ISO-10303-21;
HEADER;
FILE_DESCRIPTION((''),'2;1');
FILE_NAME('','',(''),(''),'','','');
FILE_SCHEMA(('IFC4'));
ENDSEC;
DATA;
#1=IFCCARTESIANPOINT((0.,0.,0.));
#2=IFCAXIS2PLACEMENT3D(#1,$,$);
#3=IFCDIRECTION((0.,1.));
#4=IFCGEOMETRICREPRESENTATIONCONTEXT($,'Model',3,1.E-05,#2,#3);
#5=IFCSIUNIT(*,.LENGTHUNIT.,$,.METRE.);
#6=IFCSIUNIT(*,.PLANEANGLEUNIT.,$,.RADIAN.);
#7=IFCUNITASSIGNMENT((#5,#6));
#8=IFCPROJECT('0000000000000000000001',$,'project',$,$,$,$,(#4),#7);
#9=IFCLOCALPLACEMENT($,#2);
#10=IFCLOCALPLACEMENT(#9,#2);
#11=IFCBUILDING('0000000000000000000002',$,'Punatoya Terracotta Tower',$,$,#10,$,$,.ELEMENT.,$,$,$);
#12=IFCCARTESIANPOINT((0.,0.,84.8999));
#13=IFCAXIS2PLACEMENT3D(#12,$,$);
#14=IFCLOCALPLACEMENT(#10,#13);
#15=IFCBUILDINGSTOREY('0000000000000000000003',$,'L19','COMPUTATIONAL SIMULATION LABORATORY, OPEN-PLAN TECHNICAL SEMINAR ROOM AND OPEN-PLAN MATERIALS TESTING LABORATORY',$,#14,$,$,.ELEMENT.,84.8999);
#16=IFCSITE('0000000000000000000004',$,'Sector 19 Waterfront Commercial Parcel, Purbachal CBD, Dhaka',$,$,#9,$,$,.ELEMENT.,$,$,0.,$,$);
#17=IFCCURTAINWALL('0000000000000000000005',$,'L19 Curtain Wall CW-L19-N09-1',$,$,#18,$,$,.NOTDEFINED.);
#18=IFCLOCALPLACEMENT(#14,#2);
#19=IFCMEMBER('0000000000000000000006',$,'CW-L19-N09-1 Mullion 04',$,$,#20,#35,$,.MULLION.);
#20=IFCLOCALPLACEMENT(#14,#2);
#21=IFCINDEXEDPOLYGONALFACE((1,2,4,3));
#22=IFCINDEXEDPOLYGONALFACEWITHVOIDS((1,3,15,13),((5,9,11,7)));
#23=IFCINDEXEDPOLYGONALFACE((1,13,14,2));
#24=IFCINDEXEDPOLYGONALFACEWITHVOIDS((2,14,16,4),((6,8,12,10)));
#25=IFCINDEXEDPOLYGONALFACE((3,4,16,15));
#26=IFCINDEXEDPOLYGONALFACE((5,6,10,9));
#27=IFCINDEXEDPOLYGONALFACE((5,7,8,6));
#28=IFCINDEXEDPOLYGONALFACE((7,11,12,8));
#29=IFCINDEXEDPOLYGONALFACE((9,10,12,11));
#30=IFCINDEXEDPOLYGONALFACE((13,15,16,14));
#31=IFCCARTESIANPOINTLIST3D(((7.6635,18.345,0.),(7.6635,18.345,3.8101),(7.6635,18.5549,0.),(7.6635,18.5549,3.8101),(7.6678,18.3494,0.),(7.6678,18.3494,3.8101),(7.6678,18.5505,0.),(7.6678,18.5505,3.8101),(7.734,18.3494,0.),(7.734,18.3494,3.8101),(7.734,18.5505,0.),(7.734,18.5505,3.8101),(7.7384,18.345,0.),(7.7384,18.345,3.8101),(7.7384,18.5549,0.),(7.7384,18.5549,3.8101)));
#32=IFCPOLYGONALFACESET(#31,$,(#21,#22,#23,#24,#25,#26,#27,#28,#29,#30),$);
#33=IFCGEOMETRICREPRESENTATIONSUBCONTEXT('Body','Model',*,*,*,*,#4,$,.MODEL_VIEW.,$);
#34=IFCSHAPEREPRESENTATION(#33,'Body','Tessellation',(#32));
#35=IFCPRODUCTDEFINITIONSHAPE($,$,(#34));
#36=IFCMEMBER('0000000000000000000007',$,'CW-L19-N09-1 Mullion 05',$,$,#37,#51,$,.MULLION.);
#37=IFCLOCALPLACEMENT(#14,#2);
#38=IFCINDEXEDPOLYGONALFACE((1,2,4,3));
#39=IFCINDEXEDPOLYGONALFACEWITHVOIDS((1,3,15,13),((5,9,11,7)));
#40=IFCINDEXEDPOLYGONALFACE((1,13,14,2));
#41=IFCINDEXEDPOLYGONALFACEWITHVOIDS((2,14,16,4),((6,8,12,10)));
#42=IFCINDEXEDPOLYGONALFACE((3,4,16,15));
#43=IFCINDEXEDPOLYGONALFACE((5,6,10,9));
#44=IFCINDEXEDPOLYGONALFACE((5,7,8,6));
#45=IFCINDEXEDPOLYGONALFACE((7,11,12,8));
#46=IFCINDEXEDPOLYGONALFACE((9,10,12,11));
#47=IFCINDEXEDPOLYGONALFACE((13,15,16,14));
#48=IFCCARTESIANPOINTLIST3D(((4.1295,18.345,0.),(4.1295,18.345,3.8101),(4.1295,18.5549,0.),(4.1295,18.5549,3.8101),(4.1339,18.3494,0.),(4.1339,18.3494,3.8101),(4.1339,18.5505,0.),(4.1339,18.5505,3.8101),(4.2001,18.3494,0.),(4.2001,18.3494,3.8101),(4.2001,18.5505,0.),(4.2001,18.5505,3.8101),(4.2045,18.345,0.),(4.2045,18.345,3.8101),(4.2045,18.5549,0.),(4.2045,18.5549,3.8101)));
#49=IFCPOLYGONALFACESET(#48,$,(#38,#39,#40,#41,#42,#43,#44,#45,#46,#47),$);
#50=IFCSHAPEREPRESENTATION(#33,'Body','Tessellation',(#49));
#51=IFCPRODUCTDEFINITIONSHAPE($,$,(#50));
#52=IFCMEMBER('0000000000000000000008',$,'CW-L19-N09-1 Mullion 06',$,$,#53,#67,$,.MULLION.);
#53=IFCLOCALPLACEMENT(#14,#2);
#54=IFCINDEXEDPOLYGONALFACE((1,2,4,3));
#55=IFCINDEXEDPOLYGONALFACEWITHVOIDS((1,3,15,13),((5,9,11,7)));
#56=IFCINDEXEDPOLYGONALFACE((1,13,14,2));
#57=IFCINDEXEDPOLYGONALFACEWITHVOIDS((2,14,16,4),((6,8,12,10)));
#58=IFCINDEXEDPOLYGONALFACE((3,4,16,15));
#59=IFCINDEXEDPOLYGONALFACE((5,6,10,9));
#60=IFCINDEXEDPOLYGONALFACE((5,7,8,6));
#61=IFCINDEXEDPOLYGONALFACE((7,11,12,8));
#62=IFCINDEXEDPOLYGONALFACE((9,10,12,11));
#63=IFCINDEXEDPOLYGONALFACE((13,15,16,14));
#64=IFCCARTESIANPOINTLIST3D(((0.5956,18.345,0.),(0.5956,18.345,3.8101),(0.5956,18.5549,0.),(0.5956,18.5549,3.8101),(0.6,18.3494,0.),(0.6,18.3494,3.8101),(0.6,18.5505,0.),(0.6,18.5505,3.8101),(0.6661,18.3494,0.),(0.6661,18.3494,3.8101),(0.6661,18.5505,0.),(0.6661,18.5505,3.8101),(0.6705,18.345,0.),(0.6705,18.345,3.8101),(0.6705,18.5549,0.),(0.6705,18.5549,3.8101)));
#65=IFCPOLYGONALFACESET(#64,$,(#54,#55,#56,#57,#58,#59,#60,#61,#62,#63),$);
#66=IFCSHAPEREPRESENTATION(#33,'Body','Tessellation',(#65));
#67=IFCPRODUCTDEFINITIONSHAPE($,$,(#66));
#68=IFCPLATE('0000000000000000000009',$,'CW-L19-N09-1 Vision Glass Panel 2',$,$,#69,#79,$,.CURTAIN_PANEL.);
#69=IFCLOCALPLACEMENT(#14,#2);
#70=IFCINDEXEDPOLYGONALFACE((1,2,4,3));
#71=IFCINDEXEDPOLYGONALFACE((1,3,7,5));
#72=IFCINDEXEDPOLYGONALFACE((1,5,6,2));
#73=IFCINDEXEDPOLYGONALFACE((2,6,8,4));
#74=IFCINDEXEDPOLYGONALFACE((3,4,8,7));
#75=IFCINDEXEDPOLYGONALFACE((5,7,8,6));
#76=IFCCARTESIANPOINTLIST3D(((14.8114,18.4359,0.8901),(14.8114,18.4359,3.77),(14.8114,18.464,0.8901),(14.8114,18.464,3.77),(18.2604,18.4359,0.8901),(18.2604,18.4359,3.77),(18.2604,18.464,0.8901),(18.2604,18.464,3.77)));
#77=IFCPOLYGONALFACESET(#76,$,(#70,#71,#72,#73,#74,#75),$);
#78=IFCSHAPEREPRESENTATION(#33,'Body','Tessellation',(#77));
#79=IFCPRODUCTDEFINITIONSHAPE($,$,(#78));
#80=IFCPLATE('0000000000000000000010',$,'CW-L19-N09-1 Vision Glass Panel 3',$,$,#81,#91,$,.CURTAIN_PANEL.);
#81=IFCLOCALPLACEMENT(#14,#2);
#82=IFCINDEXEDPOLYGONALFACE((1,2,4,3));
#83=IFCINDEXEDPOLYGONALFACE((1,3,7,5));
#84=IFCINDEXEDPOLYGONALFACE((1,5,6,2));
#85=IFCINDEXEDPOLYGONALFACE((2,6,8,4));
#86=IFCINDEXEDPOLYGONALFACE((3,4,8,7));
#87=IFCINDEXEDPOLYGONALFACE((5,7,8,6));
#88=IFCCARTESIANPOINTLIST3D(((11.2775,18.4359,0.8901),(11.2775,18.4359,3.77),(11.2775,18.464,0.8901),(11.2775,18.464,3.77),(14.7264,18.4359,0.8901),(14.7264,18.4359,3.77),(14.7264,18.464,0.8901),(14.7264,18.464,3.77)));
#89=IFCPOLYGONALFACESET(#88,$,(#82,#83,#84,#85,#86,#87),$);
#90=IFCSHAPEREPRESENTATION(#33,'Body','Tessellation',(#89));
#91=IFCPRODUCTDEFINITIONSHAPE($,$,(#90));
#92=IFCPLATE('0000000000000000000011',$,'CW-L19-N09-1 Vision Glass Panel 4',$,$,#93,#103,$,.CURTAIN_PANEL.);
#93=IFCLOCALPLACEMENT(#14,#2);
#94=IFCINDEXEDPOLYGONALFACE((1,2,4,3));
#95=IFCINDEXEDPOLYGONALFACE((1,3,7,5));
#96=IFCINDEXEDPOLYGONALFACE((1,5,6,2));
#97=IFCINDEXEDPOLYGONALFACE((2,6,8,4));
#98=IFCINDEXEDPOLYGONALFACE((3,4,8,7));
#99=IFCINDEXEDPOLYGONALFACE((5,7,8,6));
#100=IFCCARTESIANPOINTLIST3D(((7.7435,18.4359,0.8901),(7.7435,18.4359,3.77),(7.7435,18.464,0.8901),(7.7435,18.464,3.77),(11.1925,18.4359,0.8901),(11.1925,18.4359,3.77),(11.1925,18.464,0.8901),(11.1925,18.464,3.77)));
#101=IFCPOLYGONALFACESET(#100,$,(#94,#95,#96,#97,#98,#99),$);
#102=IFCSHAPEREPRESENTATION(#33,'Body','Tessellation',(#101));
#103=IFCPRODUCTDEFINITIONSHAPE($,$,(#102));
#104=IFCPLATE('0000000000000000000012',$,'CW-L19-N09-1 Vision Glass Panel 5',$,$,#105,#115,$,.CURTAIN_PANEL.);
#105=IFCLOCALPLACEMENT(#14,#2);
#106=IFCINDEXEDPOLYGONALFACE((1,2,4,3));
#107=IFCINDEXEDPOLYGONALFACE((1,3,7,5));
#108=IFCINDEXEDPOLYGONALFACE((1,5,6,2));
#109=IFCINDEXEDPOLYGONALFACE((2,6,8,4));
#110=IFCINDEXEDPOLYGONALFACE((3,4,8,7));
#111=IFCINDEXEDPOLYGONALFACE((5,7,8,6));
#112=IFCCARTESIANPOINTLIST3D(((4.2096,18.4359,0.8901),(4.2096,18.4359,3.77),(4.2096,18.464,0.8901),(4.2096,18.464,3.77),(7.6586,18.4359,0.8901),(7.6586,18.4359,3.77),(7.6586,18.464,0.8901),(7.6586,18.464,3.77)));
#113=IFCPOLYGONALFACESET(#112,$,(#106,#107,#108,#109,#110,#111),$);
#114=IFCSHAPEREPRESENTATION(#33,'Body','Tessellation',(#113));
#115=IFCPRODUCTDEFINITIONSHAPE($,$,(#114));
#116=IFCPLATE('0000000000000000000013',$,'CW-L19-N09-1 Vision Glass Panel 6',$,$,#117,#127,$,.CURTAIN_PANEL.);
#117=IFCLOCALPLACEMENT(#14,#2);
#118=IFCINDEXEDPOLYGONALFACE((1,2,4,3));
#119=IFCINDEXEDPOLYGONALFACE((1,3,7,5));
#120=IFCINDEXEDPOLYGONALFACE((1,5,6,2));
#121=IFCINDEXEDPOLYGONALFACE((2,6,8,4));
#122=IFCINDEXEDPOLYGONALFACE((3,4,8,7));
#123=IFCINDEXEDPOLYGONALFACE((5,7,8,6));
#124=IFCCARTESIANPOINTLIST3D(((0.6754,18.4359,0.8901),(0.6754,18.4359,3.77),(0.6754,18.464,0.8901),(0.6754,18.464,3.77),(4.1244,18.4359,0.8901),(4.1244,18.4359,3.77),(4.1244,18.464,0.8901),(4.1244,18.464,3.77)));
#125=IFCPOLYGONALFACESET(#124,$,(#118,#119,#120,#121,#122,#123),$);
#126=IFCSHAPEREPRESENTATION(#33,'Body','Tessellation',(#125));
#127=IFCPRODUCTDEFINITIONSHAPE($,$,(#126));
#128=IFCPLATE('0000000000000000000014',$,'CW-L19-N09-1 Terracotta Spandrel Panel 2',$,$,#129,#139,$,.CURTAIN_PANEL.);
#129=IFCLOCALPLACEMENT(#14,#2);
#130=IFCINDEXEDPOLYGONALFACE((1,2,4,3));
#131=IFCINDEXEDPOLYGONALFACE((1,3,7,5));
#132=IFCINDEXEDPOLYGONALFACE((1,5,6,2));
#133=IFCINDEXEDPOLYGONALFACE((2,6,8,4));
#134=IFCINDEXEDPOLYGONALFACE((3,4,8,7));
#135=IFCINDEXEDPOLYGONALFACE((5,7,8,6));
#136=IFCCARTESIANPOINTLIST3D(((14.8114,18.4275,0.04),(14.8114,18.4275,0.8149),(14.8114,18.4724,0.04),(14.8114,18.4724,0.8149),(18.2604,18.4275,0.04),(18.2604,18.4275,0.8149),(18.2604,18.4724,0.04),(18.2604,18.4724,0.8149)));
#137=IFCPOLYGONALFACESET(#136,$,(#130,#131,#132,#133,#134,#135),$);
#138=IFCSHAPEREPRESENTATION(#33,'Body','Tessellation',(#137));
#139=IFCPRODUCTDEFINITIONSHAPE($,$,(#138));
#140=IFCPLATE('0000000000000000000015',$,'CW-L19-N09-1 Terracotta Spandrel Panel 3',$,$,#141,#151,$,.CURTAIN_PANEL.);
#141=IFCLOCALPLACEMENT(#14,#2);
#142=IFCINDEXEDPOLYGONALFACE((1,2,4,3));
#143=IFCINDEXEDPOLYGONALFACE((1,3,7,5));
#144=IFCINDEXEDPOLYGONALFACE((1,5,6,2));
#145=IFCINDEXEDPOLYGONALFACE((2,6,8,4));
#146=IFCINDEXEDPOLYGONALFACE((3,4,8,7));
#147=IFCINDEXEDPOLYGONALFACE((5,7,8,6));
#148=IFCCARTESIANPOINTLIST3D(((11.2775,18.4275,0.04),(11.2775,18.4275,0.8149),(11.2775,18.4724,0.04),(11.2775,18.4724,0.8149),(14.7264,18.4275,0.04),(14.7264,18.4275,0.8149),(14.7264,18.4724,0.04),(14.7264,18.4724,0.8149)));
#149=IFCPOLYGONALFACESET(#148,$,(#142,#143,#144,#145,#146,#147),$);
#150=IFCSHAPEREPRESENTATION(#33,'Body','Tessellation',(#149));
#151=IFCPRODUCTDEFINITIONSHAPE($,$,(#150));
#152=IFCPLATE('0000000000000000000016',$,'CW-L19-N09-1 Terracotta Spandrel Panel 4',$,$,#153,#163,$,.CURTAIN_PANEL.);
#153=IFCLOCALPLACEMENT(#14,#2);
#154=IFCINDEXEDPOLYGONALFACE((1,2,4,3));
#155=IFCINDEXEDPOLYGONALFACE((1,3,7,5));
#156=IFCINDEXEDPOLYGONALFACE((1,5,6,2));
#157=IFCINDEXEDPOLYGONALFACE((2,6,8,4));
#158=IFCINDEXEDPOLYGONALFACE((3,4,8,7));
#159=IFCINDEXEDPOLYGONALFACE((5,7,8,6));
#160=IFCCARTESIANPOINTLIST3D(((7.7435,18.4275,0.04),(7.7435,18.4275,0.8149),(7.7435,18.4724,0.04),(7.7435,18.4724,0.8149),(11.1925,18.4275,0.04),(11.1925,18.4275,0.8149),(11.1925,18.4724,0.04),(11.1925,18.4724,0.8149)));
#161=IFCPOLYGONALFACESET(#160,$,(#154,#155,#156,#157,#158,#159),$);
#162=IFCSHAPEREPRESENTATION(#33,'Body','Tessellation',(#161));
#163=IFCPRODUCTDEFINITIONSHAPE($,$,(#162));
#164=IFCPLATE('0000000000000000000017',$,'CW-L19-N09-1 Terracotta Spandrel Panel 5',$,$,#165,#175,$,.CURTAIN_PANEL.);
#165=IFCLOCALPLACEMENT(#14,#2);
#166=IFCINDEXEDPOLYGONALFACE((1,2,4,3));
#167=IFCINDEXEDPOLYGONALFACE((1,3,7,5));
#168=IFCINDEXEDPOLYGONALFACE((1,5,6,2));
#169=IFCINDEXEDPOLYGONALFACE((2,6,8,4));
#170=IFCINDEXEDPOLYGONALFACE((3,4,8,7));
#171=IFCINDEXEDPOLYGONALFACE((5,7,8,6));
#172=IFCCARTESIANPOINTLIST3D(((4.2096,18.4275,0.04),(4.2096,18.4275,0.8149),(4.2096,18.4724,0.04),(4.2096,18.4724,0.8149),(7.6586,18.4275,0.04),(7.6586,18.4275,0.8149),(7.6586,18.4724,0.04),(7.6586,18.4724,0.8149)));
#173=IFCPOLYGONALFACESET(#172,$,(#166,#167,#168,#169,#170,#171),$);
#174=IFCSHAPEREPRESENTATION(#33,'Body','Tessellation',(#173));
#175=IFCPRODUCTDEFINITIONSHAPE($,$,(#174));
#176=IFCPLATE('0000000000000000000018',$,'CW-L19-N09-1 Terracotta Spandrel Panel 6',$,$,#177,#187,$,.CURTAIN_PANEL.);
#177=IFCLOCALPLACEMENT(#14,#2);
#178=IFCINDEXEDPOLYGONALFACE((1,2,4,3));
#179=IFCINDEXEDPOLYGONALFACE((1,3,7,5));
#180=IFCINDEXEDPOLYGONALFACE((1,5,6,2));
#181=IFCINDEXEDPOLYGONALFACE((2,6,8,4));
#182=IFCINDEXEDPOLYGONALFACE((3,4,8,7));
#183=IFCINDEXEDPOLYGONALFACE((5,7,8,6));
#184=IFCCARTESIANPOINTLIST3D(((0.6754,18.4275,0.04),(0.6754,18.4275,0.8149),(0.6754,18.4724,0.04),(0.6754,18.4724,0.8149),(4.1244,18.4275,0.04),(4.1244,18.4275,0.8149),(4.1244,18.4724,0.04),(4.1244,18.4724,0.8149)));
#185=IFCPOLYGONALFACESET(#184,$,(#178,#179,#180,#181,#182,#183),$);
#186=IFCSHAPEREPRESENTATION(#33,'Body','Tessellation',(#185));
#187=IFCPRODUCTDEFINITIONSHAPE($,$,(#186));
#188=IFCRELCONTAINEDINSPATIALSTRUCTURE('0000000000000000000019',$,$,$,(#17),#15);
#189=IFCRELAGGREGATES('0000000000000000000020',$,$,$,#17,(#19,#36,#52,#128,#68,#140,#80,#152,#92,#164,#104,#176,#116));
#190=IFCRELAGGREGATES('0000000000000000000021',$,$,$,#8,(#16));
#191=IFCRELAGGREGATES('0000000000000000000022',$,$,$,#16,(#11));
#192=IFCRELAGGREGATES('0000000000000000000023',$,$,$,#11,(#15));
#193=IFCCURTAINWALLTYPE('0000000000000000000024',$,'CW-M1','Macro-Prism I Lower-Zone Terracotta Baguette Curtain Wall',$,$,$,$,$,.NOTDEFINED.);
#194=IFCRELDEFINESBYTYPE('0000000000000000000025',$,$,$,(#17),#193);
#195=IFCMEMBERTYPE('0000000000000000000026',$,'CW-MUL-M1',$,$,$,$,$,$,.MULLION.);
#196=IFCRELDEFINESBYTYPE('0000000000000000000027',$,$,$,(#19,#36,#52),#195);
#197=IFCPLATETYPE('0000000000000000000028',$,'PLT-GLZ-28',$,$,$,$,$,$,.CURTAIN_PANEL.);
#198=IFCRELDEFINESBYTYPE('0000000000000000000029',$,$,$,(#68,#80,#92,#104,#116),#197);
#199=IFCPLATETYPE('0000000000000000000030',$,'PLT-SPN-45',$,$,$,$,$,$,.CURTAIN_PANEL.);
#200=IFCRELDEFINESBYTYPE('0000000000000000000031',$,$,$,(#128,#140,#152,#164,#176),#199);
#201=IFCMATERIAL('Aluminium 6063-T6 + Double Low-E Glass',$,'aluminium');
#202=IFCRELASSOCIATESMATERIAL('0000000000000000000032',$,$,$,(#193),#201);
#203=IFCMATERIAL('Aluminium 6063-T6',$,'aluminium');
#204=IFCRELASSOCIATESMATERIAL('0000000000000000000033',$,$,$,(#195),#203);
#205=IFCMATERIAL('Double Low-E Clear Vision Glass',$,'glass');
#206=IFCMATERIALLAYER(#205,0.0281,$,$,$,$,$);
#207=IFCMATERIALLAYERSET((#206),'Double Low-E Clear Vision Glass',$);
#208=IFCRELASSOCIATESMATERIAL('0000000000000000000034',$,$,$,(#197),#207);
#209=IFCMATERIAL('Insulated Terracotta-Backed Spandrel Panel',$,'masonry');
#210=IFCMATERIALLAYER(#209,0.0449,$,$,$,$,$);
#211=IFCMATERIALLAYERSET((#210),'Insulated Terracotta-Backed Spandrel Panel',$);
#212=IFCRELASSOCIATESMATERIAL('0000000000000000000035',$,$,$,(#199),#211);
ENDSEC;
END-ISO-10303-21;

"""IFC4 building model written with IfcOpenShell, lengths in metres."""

from ifc_helpers import new_model, si_unit, direction, frame, origin, origin_2d, place, context, subcontext, project, spatial, rectangle, hollow_rectangle, extrude, material, layer, layer_set, material_profile, profile_set, type_object, element, aggregate, save


model = new_model("IFC4")

# Units and contexts
model_context = context("Model", 3, precision=1e-05, world=origin(), true_north=direction((0.0, 1.0)))
body_context = subcontext(model_context, "Body", "Model", "MODEL_VIEW")
ifc_project = project(units=[si_unit("LENGTHUNIT", "METRE"), si_unit("PLANEANGLEUNIT", "RADIAN")], contexts=[model_context])

# Site, building, storey
site_placement = place(None, origin())
site = spatial("IfcSite", under=ifc_project, at=site_placement, Name="Sector 19 Waterfront Commercial Parcel, Purbachal CBD, Dhaka", CompositionType="ELEMENT", RefElevation=0.0)
building_placement = place(site_placement, origin())
building = spatial("IfcBuilding", under=site, at=building_placement, Name="Punatoya Terracotta Tower", CompositionType="ELEMENT")
storey_placement = place(building_placement, frame((0.0, 0.0, 84.8999)))
storey = spatial("IfcBuildingStorey", under=building, at=storey_placement, Name="L19", Description="COMPUTATIONAL SIMULATION LABORATORY, OPEN-PLAN TECHNICAL SEMINAR ROOM AND OPEN-PLAN MATERIALS TESTING LABORATORY", CompositionType="ELEMENT", Elevation=84.8999)

# Curtain wall, members, plates
ifc_material_1 = material(Name="Aluminium 6063-T6 + Double Low-E Glass", Category="aluminium")
curtain_wall_type = type_object("IfcCurtainWallType", Name="CW-M1", Description="Macro-Prism I Lower-Zone Terracotta Baguette Curtain Wall", PredefinedType="NOTDEFINED", material=ifc_material_1)
curtain_wall_placement = place(storey_placement, origin())
curtain_wall = element("IfcCurtainWall", 1, at=curtain_wall_placement, inside=storey, type_object=curtain_wall_type, Name="L19 Curtain Wall CW-L19-N09-1", PredefinedType="NOTDEFINED")
ifc_material_2 = material(Name="Aluminium 6063-T6", Category="aluminium")
ifc_material_profile_1 = material_profile(ifc_material_2, hollow_rectangle(XDim=0.075, YDim=0.21, WallThickness=0.0044, at=origin_2d()))
ifc_profile_set_1 = profile_set([ifc_material_profile_1], Name="Aluminium 6063-T6")
member_type = type_object("IfcMemberType", Name="CW-MUL-M1", PredefinedType="MULLION", material=ifc_profile_set_1)
member_1_placement = place(storey_placement, frame((7.7009, 18.45, 0.0), z_axis=(0.0, 0.0, 1.0), x_axis=(1.0, 0.0, 0.0)))
member_1 = element("IfcMember", 2, at=member_1_placement, type_object=member_type, Name="CW-L19-N09-1 Mullion 04", PredefinedType="MULLION", context=body_context, shape_type="SweptSolid", body=[
    extrude(hollow_rectangle(XDim=0.075, YDim=0.21, WallThickness=0.0044, at=origin_2d()), origin(), (0.0, 0.0, 1.0), 3.8101),
])
member_2_placement = place(storey_placement, frame((4.167, 18.45, 0.0), z_axis=(0.0, 0.0, 1.0), x_axis=(1.0, 0.0, 0.0)))
member_2 = element("IfcMember", 3, at=member_2_placement, type_object=member_type, Name="CW-L19-N09-1 Mullion 05", PredefinedType="MULLION", context=body_context, shape_type="SweptSolid", body=[
    extrude(hollow_rectangle(XDim=0.075, YDim=0.21, WallThickness=0.0044, at=origin_2d()), origin(), (0.0, 0.0, 1.0), 3.8101),
])
member_3_placement = place(storey_placement, frame((0.6331, 18.45, 0.0), z_axis=(0.0, 0.0, 1.0), x_axis=(1.0, 0.0, 0.0)))
member_3 = element("IfcMember", 4, at=member_3_placement, type_object=member_type, Name="CW-L19-N09-1 Mullion 06", PredefinedType="MULLION", context=body_context, shape_type="SweptSolid", body=[
    extrude(hollow_rectangle(XDim=0.075, YDim=0.21, WallThickness=0.0044, at=origin_2d()), origin(), (0.0, 0.0, 1.0), 3.8101),
])
ifc_material_3 = material(Name="Double Low-E Clear Vision Glass", Category="glass")
ifc_layer_1 = layer(ifc_material_3, 0.0281)
ifc_layer_set_1 = layer_set([ifc_layer_1], Name="Double Low-E Clear Vision Glass")
plate_type_1 = type_object("IfcPlateType", Name="PLT-GLZ-28", PredefinedType="CURTAIN_PANEL", material=ifc_layer_set_1)
plate_1_placement = place(storey_placement, frame((16.5359, 18.45, 0.8901), z_axis=(0.0, 0.0, 1.0), x_axis=(-1.0, 0.0, 0.0)))
plate_1 = element("IfcPlate", 5, at=plate_1_placement, type_object=plate_type_1, Name="CW-L19-N09-1 Vision Glass Panel 2", PredefinedType="CURTAIN_PANEL", context=body_context, shape_type="SweptSolid", body=[
    extrude(rectangle(XDim=3.449, YDim=0.0281, at=origin_2d()), origin(), (0.0, 0.0, 1.0), 2.8799),
])
plate_2_placement = place(storey_placement, frame((13.002, 18.45, 0.8901), z_axis=(0.0, 0.0, 1.0), x_axis=(-1.0, 0.0, 0.0)))
plate_2 = element("IfcPlate", 6, at=plate_2_placement, type_object=plate_type_1, Name="CW-L19-N09-1 Vision Glass Panel 3", PredefinedType="CURTAIN_PANEL", context=body_context, shape_type="SweptSolid", body=[
    extrude(rectangle(XDim=3.449, YDim=0.0281, at=origin_2d()), origin(), (0.0, 0.0, 1.0), 2.8799),
])
plate_3_placement = place(storey_placement, frame((9.468, 18.45, 0.8901), z_axis=(0.0, 0.0, 1.0), x_axis=(-1.0, 0.0, 0.0)))
plate_3 = element("IfcPlate", 7, at=plate_3_placement, type_object=plate_type_1, Name="CW-L19-N09-1 Vision Glass Panel 4", PredefinedType="CURTAIN_PANEL", context=body_context, shape_type="SweptSolid", body=[
    extrude(rectangle(XDim=3.449, YDim=0.0281, at=origin_2d()), origin(), (0.0, 0.0, 1.0), 2.8799),
])
plate_4_placement = place(storey_placement, frame((5.9341, 18.45, 0.8901), z_axis=(0.0, 0.0, 1.0), x_axis=(-1.0, 0.0, 0.0)))
plate_4 = element("IfcPlate", 8, at=plate_4_placement, type_object=plate_type_1, Name="CW-L19-N09-1 Vision Glass Panel 5", PredefinedType="CURTAIN_PANEL", context=body_context, shape_type="SweptSolid", body=[
    extrude(rectangle(XDim=3.449, YDim=0.0281, at=origin_2d()), origin(), (0.0, 0.0, 1.0), 2.8799),
])
plate_5_placement = place(storey_placement, frame((2.3999, 18.45, 0.8901), z_axis=(0.0, 0.0, 1.0), x_axis=(-1.0, 0.0, 0.0)))
plate_5 = element("IfcPlate", 9, at=plate_5_placement, type_object=plate_type_1, Name="CW-L19-N09-1 Vision Glass Panel 6", PredefinedType="CURTAIN_PANEL", context=body_context, shape_type="SweptSolid", body=[
    extrude(rectangle(XDim=3.449, YDim=0.0281, at=origin_2d()), origin(), (0.0, 0.0, 1.0), 2.8799),
])
ifc_material_4 = material(Name="Insulated Terracotta-Backed Spandrel Panel", Category="masonry")
ifc_layer_2 = layer(ifc_material_4, 0.0449)
ifc_layer_set_2 = layer_set([ifc_layer_2], Name="Insulated Terracotta-Backed Spandrel Panel")
plate_type_2 = type_object("IfcPlateType", Name="PLT-SPN-45", PredefinedType="CURTAIN_PANEL", material=ifc_layer_set_2)
plate_6_placement = place(storey_placement, frame((16.5359, 18.45, 0.04), z_axis=(0.0, 0.0, 1.0), x_axis=(-1.0, 0.0, 0.0)))
plate_6 = element("IfcPlate", 10, at=plate_6_placement, type_object=plate_type_2, Name="CW-L19-N09-1 Terracotta Spandrel Panel 2", PredefinedType="CURTAIN_PANEL", context=body_context, shape_type="SweptSolid", body=[
    extrude(rectangle(XDim=3.449, YDim=0.0449, at=origin_2d()), origin(), (0.0, 0.0, 1.0), 0.7749),
])
plate_7_placement = place(storey_placement, frame((13.002, 18.45, 0.04), z_axis=(0.0, 0.0, 1.0), x_axis=(-1.0, 0.0, 0.0)))
plate_7 = element("IfcPlate", 11, at=plate_7_placement, type_object=plate_type_2, Name="CW-L19-N09-1 Terracotta Spandrel Panel 3", PredefinedType="CURTAIN_PANEL", context=body_context, shape_type="SweptSolid", body=[
    extrude(rectangle(XDim=3.449, YDim=0.0449, at=origin_2d()), origin(), (0.0, 0.0, 1.0), 0.7749),
])
plate_8_placement = place(storey_placement, frame((9.468, 18.45, 0.04), z_axis=(0.0, 0.0, 1.0), x_axis=(-1.0, 0.0, 0.0)))
plate_8 = element("IfcPlate", 12, at=plate_8_placement, type_object=plate_type_2, Name="CW-L19-N09-1 Terracotta Spandrel Panel 4", PredefinedType="CURTAIN_PANEL", context=body_context, shape_type="SweptSolid", body=[
    extrude(rectangle(XDim=3.449, YDim=0.0449, at=origin_2d()), origin(), (0.0, 0.0, 1.0), 0.7749),
])
plate_9_placement = place(storey_placement, frame((5.9341, 18.45, 0.04), z_axis=(0.0, 0.0, 1.0), x_axis=(-1.0, 0.0, 0.0)))
plate_9 = element("IfcPlate", 13, at=plate_9_placement, type_object=plate_type_2, Name="CW-L19-N09-1 Terracotta Spandrel Panel 5", PredefinedType="CURTAIN_PANEL", context=body_context, shape_type="SweptSolid", body=[
    extrude(rectangle(XDim=3.449, YDim=0.0449, at=origin_2d()), origin(), (0.0, 0.0, 1.0), 0.7749),
])
plate_10_placement = place(storey_placement, frame((2.3999, 18.45, 0.04), z_axis=(0.0, 0.0, 1.0), x_axis=(-1.0, 0.0, 0.0)))
plate_10 = element("IfcPlate", 14, at=plate_10_placement, type_object=plate_type_2, Name="CW-L19-N09-1 Terracotta Spandrel Panel 6", PredefinedType="CURTAIN_PANEL", context=body_context, shape_type="SweptSolid", body=[
    extrude(rectangle(XDim=3.449, YDim=0.0449, at=origin_2d()), origin(), (0.0, 0.0, 1.0), 0.7749),
])
aggregate(curtain_wall, [member_1, member_2, member_3, plate_6, plate_1, plate_7, plate_2, plate_8, plate_3, plate_9, plate_4, plate_10, plate_5])

save(model, "model.ifc")
